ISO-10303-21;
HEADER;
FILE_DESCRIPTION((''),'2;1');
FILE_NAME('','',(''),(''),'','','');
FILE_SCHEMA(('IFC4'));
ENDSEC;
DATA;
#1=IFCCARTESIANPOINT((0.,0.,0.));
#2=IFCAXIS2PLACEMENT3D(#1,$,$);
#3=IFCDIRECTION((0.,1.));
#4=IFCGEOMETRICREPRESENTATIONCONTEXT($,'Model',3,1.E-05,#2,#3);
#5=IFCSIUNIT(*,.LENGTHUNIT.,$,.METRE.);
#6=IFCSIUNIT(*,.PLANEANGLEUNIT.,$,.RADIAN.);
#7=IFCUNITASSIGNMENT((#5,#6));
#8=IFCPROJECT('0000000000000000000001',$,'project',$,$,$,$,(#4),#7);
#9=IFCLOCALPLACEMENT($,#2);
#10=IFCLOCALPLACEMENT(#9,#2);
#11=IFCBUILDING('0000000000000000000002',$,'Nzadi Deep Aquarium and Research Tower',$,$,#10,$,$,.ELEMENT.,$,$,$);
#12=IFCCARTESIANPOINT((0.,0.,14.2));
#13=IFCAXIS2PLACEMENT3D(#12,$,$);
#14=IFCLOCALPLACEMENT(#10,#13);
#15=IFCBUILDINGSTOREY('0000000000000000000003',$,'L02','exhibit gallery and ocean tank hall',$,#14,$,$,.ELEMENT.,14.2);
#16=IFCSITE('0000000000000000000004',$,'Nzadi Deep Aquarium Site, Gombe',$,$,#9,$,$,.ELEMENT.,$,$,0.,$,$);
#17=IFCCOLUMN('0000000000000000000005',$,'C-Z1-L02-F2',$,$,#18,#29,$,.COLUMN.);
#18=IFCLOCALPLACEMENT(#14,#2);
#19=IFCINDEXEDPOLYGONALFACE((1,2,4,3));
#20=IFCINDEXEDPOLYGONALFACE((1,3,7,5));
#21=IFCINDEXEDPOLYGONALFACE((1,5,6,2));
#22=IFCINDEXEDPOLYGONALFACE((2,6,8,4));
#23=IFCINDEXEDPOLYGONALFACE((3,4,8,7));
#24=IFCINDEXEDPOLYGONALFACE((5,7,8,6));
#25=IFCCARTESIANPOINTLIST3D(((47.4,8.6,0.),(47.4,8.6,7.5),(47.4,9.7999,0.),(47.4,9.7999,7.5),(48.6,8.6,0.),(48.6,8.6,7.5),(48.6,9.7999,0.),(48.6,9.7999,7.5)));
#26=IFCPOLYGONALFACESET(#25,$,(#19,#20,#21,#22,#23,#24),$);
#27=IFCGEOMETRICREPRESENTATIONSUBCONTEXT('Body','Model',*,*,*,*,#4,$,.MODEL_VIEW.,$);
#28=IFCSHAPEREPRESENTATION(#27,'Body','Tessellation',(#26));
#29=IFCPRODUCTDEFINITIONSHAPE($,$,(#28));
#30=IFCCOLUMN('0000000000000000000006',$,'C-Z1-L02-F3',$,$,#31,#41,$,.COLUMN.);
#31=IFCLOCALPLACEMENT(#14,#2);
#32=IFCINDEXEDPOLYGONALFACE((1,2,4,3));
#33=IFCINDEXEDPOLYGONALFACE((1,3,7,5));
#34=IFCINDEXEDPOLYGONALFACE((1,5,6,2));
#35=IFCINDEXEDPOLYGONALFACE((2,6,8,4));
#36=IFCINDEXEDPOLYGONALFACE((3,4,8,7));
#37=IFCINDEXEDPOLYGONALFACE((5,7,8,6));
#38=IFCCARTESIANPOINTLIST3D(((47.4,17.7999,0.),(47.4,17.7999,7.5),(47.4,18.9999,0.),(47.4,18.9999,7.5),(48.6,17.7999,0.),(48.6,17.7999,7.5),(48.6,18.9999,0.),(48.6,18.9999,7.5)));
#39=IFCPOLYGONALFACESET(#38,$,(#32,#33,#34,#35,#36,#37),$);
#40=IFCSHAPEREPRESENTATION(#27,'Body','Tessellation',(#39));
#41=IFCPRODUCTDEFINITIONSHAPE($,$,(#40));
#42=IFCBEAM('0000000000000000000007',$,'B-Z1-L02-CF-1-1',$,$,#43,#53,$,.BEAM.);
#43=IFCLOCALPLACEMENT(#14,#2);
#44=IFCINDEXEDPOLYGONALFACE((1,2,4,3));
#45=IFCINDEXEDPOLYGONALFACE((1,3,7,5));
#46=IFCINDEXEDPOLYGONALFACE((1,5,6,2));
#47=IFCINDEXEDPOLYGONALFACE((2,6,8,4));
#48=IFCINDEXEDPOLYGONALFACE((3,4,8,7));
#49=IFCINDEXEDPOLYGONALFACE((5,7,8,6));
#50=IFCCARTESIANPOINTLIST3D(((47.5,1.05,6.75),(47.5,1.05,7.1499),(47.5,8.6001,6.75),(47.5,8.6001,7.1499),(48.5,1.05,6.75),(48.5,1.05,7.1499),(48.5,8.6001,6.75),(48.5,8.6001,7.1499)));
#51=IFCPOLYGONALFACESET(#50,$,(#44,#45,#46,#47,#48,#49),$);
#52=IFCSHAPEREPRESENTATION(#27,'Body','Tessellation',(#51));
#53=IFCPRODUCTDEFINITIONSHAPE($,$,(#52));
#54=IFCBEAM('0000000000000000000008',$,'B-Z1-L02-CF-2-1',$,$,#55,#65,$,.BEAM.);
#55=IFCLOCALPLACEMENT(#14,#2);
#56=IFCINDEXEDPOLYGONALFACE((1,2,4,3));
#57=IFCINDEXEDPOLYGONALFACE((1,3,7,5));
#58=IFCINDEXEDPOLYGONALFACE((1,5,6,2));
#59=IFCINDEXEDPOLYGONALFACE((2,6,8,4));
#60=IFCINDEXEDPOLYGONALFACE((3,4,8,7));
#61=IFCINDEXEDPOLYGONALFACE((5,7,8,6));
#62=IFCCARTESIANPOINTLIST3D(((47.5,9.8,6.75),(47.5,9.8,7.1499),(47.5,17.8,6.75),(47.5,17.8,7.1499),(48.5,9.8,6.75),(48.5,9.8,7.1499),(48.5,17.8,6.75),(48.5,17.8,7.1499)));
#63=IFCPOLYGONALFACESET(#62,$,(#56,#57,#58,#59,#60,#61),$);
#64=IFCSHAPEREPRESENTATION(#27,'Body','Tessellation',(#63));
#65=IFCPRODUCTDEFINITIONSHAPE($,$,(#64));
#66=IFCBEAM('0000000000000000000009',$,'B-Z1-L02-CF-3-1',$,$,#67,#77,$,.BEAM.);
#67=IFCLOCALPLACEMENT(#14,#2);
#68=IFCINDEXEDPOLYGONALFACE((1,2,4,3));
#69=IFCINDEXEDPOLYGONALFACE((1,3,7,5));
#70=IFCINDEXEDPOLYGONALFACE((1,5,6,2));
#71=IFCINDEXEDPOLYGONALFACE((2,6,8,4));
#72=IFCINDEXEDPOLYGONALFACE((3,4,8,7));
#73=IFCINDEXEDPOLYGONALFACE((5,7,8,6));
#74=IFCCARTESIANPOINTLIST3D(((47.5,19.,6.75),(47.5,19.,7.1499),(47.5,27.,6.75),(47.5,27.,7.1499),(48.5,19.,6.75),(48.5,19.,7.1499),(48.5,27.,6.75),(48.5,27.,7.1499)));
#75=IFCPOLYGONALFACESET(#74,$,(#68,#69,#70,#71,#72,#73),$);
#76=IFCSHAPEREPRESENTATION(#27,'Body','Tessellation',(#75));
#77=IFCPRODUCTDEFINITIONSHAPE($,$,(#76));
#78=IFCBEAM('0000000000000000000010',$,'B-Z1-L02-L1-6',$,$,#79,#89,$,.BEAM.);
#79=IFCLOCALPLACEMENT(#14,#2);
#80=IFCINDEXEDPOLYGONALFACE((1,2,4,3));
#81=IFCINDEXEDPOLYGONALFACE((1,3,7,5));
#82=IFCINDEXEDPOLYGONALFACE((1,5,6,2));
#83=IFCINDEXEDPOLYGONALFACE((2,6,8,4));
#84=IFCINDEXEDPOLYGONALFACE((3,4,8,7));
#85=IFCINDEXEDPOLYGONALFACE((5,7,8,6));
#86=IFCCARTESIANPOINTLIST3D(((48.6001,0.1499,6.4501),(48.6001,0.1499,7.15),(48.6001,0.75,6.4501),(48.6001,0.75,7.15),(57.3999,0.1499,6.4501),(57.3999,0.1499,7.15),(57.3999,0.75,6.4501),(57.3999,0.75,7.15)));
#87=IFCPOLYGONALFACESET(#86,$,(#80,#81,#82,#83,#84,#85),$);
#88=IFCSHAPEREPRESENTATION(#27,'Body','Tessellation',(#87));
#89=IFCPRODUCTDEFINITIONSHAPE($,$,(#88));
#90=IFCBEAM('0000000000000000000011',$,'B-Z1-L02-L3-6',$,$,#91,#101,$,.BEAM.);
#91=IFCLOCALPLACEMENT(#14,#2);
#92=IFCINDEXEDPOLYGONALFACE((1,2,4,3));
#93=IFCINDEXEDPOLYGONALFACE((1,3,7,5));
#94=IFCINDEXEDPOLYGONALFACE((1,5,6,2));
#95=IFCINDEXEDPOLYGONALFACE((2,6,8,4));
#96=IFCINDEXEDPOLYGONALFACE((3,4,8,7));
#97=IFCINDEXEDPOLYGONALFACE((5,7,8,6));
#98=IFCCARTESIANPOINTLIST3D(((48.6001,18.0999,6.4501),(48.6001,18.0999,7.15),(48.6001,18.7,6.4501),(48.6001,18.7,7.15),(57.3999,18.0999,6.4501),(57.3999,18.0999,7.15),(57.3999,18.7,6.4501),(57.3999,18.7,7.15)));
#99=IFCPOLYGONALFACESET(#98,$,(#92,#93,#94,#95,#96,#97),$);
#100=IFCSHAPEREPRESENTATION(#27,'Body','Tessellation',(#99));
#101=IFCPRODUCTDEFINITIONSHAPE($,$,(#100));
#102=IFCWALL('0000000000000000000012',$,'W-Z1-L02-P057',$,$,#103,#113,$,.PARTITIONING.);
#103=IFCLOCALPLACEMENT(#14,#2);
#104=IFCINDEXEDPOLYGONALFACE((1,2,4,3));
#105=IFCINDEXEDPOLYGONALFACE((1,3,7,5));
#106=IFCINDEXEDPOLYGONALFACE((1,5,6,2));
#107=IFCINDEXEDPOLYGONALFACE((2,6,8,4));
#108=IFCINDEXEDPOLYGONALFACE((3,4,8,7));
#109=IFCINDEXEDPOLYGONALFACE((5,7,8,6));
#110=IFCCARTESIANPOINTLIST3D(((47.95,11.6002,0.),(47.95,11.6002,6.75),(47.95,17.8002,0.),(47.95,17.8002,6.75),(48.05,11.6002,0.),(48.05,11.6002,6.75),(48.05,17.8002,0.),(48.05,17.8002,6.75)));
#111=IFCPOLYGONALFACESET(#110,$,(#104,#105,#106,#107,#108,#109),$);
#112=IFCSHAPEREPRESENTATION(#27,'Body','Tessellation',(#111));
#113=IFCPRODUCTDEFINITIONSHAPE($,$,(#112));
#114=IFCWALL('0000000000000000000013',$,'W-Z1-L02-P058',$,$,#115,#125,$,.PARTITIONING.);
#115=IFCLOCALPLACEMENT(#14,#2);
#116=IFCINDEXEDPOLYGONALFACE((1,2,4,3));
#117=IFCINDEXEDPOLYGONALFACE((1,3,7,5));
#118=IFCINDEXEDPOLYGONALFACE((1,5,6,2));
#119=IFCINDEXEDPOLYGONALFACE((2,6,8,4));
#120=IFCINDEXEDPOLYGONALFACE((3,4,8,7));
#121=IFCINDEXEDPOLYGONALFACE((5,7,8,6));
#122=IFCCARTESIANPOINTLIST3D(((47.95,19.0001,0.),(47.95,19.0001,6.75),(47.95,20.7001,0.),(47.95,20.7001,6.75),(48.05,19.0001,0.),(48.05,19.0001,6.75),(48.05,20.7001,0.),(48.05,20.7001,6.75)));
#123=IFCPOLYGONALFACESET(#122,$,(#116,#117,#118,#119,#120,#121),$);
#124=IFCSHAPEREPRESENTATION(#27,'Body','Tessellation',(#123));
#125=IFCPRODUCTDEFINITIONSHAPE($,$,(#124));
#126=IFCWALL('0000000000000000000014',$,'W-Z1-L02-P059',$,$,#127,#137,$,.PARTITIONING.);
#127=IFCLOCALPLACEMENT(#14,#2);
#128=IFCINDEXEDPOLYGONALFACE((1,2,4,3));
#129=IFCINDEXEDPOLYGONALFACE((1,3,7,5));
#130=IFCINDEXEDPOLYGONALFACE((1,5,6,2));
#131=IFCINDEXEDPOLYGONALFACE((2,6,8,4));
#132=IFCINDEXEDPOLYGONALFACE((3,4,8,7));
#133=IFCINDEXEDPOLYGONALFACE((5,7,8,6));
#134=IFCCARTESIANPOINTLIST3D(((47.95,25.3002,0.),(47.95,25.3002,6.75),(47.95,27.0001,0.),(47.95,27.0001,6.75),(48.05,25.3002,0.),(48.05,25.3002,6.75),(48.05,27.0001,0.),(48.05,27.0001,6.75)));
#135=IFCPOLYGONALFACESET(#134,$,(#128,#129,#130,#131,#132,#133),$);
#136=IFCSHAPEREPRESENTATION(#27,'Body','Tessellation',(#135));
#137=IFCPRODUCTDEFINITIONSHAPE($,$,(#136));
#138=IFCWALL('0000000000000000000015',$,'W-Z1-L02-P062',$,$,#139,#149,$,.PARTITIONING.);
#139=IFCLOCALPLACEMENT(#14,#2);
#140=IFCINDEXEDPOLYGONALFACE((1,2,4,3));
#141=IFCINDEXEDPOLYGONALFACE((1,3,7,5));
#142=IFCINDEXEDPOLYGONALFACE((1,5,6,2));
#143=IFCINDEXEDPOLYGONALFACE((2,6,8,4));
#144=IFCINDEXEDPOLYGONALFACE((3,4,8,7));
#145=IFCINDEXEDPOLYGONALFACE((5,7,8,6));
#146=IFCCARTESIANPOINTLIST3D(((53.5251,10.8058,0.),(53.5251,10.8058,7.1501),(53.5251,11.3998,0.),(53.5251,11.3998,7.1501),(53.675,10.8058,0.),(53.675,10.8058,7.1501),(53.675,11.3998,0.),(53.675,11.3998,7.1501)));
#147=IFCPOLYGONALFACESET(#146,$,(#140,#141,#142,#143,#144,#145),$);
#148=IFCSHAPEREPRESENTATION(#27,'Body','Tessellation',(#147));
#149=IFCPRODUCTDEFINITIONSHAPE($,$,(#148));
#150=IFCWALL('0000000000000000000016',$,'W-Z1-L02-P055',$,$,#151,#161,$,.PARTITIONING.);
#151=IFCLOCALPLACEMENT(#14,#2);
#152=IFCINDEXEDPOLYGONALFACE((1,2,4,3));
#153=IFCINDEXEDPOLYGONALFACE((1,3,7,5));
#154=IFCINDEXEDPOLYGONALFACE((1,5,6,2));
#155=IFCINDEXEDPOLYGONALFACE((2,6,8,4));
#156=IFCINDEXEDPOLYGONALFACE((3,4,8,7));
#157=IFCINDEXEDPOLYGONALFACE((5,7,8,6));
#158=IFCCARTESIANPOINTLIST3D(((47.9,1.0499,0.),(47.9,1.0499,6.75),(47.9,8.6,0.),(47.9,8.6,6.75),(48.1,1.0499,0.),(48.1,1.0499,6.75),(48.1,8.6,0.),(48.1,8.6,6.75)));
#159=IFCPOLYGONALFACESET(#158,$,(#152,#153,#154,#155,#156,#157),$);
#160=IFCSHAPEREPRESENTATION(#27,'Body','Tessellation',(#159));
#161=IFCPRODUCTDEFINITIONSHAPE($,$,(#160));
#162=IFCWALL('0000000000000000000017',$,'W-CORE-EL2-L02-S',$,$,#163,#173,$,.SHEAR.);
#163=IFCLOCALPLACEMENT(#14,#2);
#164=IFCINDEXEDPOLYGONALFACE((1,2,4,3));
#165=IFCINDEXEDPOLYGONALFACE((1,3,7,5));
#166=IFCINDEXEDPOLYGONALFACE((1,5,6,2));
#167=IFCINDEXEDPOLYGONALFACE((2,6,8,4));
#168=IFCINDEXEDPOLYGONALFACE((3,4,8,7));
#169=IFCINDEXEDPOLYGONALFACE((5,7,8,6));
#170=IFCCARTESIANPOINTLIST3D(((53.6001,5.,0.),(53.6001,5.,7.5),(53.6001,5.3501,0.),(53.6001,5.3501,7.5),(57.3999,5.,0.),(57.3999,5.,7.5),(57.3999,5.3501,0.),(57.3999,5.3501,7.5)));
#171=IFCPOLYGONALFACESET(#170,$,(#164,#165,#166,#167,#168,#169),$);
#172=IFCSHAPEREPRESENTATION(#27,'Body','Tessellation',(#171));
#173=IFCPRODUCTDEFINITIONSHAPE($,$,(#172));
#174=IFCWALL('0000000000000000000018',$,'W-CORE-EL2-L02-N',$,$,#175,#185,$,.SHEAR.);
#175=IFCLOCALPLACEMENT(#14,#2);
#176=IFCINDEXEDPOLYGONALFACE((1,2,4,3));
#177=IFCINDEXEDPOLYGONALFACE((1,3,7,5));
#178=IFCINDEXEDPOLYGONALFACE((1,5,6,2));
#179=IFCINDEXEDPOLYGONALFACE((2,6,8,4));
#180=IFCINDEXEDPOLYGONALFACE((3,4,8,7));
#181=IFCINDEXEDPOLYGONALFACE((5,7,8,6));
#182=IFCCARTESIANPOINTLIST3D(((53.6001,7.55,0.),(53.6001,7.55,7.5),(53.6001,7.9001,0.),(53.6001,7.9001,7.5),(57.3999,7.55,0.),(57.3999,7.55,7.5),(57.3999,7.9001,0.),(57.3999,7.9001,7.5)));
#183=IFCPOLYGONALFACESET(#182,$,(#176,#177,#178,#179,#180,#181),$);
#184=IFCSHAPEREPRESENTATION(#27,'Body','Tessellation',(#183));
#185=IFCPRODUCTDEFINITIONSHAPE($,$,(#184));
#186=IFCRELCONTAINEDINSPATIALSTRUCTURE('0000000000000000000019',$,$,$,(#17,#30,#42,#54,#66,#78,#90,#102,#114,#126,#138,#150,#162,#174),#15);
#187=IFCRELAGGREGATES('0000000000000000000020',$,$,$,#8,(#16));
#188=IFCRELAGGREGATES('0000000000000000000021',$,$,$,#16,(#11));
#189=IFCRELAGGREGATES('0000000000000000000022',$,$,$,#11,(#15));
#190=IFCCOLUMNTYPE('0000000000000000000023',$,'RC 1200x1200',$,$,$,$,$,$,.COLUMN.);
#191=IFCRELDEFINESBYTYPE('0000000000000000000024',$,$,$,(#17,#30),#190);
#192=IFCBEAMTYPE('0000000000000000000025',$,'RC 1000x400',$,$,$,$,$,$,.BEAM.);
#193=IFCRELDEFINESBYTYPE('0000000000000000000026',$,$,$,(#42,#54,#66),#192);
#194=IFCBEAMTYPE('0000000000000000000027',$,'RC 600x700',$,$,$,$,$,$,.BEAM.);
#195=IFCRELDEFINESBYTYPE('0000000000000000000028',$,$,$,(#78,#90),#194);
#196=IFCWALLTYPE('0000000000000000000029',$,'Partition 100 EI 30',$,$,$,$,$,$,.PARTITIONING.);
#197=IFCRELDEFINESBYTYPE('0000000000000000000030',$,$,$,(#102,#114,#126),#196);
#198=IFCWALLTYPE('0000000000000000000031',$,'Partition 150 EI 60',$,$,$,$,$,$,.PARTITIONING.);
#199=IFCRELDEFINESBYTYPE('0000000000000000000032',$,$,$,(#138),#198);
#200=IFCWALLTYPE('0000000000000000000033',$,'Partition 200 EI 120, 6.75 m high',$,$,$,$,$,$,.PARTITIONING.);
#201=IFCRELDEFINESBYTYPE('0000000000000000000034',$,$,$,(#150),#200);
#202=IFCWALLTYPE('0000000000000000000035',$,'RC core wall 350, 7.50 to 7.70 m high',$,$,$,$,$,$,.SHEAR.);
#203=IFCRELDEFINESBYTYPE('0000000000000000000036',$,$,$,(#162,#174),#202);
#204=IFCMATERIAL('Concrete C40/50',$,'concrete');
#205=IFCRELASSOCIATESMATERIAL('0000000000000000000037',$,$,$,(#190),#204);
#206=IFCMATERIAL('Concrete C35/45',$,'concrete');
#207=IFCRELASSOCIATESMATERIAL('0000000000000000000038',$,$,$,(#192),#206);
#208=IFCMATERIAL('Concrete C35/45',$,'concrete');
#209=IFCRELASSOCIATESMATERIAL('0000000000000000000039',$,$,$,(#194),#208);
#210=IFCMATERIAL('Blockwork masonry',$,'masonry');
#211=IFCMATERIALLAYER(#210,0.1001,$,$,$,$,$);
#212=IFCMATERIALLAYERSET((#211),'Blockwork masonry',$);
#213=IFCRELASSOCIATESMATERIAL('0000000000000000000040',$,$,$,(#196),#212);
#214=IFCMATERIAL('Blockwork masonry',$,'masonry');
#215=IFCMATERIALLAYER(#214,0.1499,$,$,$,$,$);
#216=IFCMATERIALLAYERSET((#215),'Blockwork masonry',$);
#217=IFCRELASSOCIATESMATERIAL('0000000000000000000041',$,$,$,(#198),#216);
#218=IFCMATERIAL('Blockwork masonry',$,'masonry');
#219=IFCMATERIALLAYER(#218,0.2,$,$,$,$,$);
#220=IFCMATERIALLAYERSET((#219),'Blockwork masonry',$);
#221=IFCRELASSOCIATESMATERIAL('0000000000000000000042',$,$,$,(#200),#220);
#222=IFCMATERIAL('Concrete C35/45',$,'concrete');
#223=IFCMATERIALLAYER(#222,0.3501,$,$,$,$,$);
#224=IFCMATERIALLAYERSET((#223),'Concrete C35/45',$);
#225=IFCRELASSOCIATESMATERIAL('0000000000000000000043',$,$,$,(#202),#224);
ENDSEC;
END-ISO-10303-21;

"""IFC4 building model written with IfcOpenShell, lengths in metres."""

from ifc_helpers import new_model, si_unit, direction, frame, frame_2d, origin, origin_2d, place, context, subcontext, project, spatial, rectangle, extrude, material, layer, layer_set, material_profile, profile_set, type_object, element, save


model = new_model("IFC4")

# Units and contexts
model_context = context("Model", 3, precision=1e-05, world=origin(), true_north=direction((0.0, 1.0)))
body_context = subcontext(model_context, "Body", "Model", "MODEL_VIEW")
ifc_project = project(units=[si_unit("LENGTHUNIT", "METRE"), si_unit("PLANEANGLEUNIT", "RADIAN")], contexts=[model_context])

# Site, building, storey
site_placement = place(None, origin())
site = spatial("IfcSite", under=ifc_project, at=site_placement, Name="Nzadi Deep Aquarium Site, Gombe", CompositionType="ELEMENT", RefElevation=0.0)
building_placement = place(site_placement, origin())
building = spatial("IfcBuilding", under=site, at=building_placement, Name="Nzadi Deep Aquarium and Research Tower", CompositionType="ELEMENT")
storey_placement = place(building_placement, frame((0.0, 0.0, 14.2)))
storey = spatial("IfcBuildingStorey", under=building, at=storey_placement, Name="L02", Description="exhibit gallery and ocean tank hall", CompositionType="ELEMENT", Elevation=14.2)

# Columns
ifc_material_1 = material(Name="Concrete C40/50", Category="concrete")
ifc_material_profile_1 = material_profile(ifc_material_1, rectangle(XDim=1.2, YDim=1.2, at=origin_2d()))
ifc_profile_set_1 = profile_set([ifc_material_profile_1], Name="Concrete C40/50")
column_type = type_object("IfcColumnType", Name="RC 1200x1200", PredefinedType="COLUMN", material=ifc_profile_set_1)
for number, where, z_axis, x_axis, name in (
    (1, (48.0, 9.2, 0.0), (0.0, 0.0, 1.0), (1.0, 0.0, 0.0), "C-Z1-L02-F2"),
    (2, (48.0, 18.3999, 0.0), (0.0, 0.0, 1.0), (1.0, 0.0, 0.0), "C-Z1-L02-F3"),
):
    element("IfcColumn", number, at=place(storey_placement, frame(where, z_axis=z_axis, x_axis=x_axis)), inside=storey, type_object=column_type, Name=name, PredefinedType="COLUMN", context=body_context, shape_type="SweptSolid", body=[
        extrude(rectangle(XDim=1.2, YDim=1.2, at=origin_2d()), origin(), (0.0, 0.0, 1.0), 7.5),
    ])

# Beams
ifc_material_2 = material(Name="Concrete C35/45", Category="concrete")
ifc_material_profile_2 = material_profile(ifc_material_2, rectangle(XDim=1.0, YDim=0.3999, at=origin_2d()))
ifc_profile_set_2 = profile_set([ifc_material_profile_2], Name="Concrete C35/45")
beam_type_1 = type_object("IfcBeamType", Name="RC 1000x400", PredefinedType="BEAM", material=ifc_profile_set_2)
beam_placement = place(storey_placement, frame((48.0, 1.05, 6.95), z_axis=(0.0, 1.0, 0.0), x_axis=(-1.0, 0.0, 0.0)))
element("IfcBeam", 3, at=beam_placement, inside=storey, type_object=beam_type_1, Name="B-Z1-L02-CF-1-1", PredefinedType="BEAM", context=body_context, shape_type="SweptSolid", body=[
    extrude(rectangle(XDim=1.0, YDim=0.3999, at=origin_2d()), origin(), (0.0, 0.0, 1.0), 7.55),
])
for number, where, z_axis, x_axis, name in (
    (4, (48.0, 9.8, 6.95), (0.0, 1.0, 0.0), (-1.0, 0.0, 0.0), "B-Z1-L02-CF-2-1"),
    (5, (48.0, 19.0, 6.95), (0.0, 1.0, 0.0), (-1.0, 0.0, 0.0), "B-Z1-L02-CF-3-1"),
):
    element("IfcBeam", number, at=place(storey_placement, frame(where, z_axis=z_axis, x_axis=x_axis)), inside=storey, type_object=beam_type_1, Name=name, PredefinedType="BEAM", context=body_context, shape_type="SweptSolid", body=[
        extrude(rectangle(XDim=1.0, YDim=0.3999, at=origin_2d()), origin(), (0.0, 0.0, 1.0), 8.0),
    ])
ifc_material_3 = material(Name="Concrete C35/45", Category="concrete")
ifc_material_profile_3 = material_profile(ifc_material_3, rectangle(XDim=0.6001, YDim=0.7, at=origin_2d()))
ifc_profile_set_3 = profile_set([ifc_material_profile_3], Name="Concrete C35/45")
beam_type_2 = type_object("IfcBeamType", Name="RC 600x700", PredefinedType="BEAM", material=ifc_profile_set_3)
for number, where, z_axis, x_axis, name in (
    (6, (48.6001, 0.45, 6.8), (1.0, 0.0, 0.0), (0.0, 1.0, 0.0), "B-Z1-L02-L1-6"),
    (7, (48.6001, 18.3999, 6.8), (1.0, 0.0, 0.0), (0.0, 1.0, 0.0), "B-Z1-L02-L3-6"),
):
    element("IfcBeam", number, at=place(storey_placement, frame(where, z_axis=z_axis, x_axis=x_axis)), inside=storey, type_object=beam_type_2, Name=name, PredefinedType="BEAM", context=body_context, shape_type="SweptSolid", body=[
        extrude(rectangle(XDim=0.6001, YDim=0.7, at=origin_2d()), origin(), (0.0, 0.0, 1.0), 8.7998),
    ])

# Walls
ifc_material_4 = material(Name="Blockwork masonry", Category="masonry")
ifc_layer_1 = layer(ifc_material_4, 0.1001)
ifc_layer_set_1 = layer_set([ifc_layer_1], Name="Blockwork masonry")
wall_type_1 = type_object("IfcWallType", Name="Partition 100 EI 30", PredefinedType="PARTITIONING", material=ifc_layer_set_1)
wall_1_placement = place(storey_placement, frame((48.0, 11.6001, 0.0), z_axis=(0.0, 0.0, 1.0), x_axis=(0.0, 1.0, 0.0)))
element("IfcWall", 8, at=wall_1_placement, inside=storey, type_object=wall_type_1, Name="W-Z1-L02-P057", PredefinedType="PARTITIONING", context=body_context, shape_type="SweptSolid", body=[
    extrude(rectangle(XDim=6.2, YDim=0.1001, at=frame_2d((3.1001, 0.0))), origin(), (0.0, 0.0, 1.0), 6.75),
])
for number, where, z_axis, x_axis, name in (
    (9, (48.0, 19.0, 0.0), (0.0, 0.0, 1.0), (0.0, 1.0, 0.0), "W-Z1-L02-P058"),
    (10, (48.0, 25.3, 0.0), (0.0, 0.0, 1.0), (0.0, 1.0, 0.0), "W-Z1-L02-P059"),
):
    element("IfcWall", number, at=place(storey_placement, frame(where, z_axis=z_axis, x_axis=x_axis)), inside=storey, type_object=wall_type_1, Name=name, PredefinedType="PARTITIONING", context=body_context, shape_type="SweptSolid", body=[
        extrude(rectangle(XDim=1.7, YDim=0.1001, at=frame_2d((0.8501, 0.0))), origin(), (0.0, 0.0, 1.0), 6.75),
    ])
ifc_material_5 = material(Name="Blockwork masonry", Category="masonry")
ifc_layer_2 = layer(ifc_material_5, 0.1499)
ifc_layer_set_2 = layer_set([ifc_layer_2], Name="Blockwork masonry")
wall_type_2 = type_object("IfcWallType", Name="Partition 150 EI 60", PredefinedType="PARTITIONING", material=ifc_layer_set_2)
wall_2_placement = place(storey_placement, frame((53.6001, 10.8059, 0.0), z_axis=(0.0, 0.0, 1.0), x_axis=(0.0, 1.0, 0.0)))
element("IfcWall", 11, at=wall_2_placement, inside=storey, type_object=wall_type_2, Name="W-Z1-L02-P062", PredefinedType="PARTITIONING", context=body_context, shape_type="SweptSolid", body=[
    extrude(rectangle(XDim=0.594, YDim=0.1499, at=frame_2d((0.2969, 0.0))), origin(), (0.0, 0.0, 1.0), 7.1501),
])
ifc_material_6 = material(Name="Blockwork masonry", Category="masonry")
ifc_layer_3 = layer(ifc_material_6, 0.2)
ifc_layer_set_3 = layer_set([ifc_layer_3], Name="Blockwork masonry")
wall_type_3 = type_object("IfcWallType", Name="Partition 200 EI 120, 6.75 m high", PredefinedType="PARTITIONING", material=ifc_layer_set_3)
wall_3_placement = place(storey_placement, frame((48.0, 1.05, 0.0), z_axis=(0.0, 0.0, 1.0), x_axis=(0.0, 1.0, 0.0)))
element("IfcWall", 12, at=wall_3_placement, inside=storey, type_object=wall_type_3, Name="W-Z1-L02-P055", PredefinedType="PARTITIONING", context=body_context, shape_type="SweptSolid", body=[
    extrude(rectangle(XDim=7.55, YDim=0.2, at=frame_2d((3.7749, 0.0))), origin(), (0.0, 0.0, 1.0), 6.75),
])
ifc_material_7 = material(Name="Concrete C35/45", Category="concrete")
ifc_layer_4 = layer(ifc_material_7, 0.3501)
ifc_layer_set_4 = layer_set([ifc_layer_4], Name="Concrete C35/45")
wall_type_4 = type_object("IfcWallType", Name="RC core wall 350, 7.50 to 7.70 m high", PredefinedType="SHEAR", material=ifc_layer_set_4)
for number, where, z_axis, x_axis, name in (
    (13, (53.6001, 5.175, 0.0), (0.0, 0.0, 1.0), (1.0, 0.0, 0.0), "W-CORE-EL2-L02-S"),
    (14, (53.6001, 7.7251, 0.0), (0.0, 0.0, 1.0), (1.0, 0.0, 0.0), "W-CORE-EL2-L02-N"),
):
    element("IfcWall", number, at=place(storey_placement, frame(where, z_axis=z_axis, x_axis=x_axis)), inside=storey, type_object=wall_type_4, Name=name, PredefinedType="SHEAR", context=body_context, shape_type="SweptSolid", body=[
        extrude(rectangle(XDim=3.7998, YDim=0.3501, at=frame_2d((1.8999, 0.0))), origin(), (0.0, 0.0, 1.0), 7.5),
    ])

save(model, "model.ifc")
